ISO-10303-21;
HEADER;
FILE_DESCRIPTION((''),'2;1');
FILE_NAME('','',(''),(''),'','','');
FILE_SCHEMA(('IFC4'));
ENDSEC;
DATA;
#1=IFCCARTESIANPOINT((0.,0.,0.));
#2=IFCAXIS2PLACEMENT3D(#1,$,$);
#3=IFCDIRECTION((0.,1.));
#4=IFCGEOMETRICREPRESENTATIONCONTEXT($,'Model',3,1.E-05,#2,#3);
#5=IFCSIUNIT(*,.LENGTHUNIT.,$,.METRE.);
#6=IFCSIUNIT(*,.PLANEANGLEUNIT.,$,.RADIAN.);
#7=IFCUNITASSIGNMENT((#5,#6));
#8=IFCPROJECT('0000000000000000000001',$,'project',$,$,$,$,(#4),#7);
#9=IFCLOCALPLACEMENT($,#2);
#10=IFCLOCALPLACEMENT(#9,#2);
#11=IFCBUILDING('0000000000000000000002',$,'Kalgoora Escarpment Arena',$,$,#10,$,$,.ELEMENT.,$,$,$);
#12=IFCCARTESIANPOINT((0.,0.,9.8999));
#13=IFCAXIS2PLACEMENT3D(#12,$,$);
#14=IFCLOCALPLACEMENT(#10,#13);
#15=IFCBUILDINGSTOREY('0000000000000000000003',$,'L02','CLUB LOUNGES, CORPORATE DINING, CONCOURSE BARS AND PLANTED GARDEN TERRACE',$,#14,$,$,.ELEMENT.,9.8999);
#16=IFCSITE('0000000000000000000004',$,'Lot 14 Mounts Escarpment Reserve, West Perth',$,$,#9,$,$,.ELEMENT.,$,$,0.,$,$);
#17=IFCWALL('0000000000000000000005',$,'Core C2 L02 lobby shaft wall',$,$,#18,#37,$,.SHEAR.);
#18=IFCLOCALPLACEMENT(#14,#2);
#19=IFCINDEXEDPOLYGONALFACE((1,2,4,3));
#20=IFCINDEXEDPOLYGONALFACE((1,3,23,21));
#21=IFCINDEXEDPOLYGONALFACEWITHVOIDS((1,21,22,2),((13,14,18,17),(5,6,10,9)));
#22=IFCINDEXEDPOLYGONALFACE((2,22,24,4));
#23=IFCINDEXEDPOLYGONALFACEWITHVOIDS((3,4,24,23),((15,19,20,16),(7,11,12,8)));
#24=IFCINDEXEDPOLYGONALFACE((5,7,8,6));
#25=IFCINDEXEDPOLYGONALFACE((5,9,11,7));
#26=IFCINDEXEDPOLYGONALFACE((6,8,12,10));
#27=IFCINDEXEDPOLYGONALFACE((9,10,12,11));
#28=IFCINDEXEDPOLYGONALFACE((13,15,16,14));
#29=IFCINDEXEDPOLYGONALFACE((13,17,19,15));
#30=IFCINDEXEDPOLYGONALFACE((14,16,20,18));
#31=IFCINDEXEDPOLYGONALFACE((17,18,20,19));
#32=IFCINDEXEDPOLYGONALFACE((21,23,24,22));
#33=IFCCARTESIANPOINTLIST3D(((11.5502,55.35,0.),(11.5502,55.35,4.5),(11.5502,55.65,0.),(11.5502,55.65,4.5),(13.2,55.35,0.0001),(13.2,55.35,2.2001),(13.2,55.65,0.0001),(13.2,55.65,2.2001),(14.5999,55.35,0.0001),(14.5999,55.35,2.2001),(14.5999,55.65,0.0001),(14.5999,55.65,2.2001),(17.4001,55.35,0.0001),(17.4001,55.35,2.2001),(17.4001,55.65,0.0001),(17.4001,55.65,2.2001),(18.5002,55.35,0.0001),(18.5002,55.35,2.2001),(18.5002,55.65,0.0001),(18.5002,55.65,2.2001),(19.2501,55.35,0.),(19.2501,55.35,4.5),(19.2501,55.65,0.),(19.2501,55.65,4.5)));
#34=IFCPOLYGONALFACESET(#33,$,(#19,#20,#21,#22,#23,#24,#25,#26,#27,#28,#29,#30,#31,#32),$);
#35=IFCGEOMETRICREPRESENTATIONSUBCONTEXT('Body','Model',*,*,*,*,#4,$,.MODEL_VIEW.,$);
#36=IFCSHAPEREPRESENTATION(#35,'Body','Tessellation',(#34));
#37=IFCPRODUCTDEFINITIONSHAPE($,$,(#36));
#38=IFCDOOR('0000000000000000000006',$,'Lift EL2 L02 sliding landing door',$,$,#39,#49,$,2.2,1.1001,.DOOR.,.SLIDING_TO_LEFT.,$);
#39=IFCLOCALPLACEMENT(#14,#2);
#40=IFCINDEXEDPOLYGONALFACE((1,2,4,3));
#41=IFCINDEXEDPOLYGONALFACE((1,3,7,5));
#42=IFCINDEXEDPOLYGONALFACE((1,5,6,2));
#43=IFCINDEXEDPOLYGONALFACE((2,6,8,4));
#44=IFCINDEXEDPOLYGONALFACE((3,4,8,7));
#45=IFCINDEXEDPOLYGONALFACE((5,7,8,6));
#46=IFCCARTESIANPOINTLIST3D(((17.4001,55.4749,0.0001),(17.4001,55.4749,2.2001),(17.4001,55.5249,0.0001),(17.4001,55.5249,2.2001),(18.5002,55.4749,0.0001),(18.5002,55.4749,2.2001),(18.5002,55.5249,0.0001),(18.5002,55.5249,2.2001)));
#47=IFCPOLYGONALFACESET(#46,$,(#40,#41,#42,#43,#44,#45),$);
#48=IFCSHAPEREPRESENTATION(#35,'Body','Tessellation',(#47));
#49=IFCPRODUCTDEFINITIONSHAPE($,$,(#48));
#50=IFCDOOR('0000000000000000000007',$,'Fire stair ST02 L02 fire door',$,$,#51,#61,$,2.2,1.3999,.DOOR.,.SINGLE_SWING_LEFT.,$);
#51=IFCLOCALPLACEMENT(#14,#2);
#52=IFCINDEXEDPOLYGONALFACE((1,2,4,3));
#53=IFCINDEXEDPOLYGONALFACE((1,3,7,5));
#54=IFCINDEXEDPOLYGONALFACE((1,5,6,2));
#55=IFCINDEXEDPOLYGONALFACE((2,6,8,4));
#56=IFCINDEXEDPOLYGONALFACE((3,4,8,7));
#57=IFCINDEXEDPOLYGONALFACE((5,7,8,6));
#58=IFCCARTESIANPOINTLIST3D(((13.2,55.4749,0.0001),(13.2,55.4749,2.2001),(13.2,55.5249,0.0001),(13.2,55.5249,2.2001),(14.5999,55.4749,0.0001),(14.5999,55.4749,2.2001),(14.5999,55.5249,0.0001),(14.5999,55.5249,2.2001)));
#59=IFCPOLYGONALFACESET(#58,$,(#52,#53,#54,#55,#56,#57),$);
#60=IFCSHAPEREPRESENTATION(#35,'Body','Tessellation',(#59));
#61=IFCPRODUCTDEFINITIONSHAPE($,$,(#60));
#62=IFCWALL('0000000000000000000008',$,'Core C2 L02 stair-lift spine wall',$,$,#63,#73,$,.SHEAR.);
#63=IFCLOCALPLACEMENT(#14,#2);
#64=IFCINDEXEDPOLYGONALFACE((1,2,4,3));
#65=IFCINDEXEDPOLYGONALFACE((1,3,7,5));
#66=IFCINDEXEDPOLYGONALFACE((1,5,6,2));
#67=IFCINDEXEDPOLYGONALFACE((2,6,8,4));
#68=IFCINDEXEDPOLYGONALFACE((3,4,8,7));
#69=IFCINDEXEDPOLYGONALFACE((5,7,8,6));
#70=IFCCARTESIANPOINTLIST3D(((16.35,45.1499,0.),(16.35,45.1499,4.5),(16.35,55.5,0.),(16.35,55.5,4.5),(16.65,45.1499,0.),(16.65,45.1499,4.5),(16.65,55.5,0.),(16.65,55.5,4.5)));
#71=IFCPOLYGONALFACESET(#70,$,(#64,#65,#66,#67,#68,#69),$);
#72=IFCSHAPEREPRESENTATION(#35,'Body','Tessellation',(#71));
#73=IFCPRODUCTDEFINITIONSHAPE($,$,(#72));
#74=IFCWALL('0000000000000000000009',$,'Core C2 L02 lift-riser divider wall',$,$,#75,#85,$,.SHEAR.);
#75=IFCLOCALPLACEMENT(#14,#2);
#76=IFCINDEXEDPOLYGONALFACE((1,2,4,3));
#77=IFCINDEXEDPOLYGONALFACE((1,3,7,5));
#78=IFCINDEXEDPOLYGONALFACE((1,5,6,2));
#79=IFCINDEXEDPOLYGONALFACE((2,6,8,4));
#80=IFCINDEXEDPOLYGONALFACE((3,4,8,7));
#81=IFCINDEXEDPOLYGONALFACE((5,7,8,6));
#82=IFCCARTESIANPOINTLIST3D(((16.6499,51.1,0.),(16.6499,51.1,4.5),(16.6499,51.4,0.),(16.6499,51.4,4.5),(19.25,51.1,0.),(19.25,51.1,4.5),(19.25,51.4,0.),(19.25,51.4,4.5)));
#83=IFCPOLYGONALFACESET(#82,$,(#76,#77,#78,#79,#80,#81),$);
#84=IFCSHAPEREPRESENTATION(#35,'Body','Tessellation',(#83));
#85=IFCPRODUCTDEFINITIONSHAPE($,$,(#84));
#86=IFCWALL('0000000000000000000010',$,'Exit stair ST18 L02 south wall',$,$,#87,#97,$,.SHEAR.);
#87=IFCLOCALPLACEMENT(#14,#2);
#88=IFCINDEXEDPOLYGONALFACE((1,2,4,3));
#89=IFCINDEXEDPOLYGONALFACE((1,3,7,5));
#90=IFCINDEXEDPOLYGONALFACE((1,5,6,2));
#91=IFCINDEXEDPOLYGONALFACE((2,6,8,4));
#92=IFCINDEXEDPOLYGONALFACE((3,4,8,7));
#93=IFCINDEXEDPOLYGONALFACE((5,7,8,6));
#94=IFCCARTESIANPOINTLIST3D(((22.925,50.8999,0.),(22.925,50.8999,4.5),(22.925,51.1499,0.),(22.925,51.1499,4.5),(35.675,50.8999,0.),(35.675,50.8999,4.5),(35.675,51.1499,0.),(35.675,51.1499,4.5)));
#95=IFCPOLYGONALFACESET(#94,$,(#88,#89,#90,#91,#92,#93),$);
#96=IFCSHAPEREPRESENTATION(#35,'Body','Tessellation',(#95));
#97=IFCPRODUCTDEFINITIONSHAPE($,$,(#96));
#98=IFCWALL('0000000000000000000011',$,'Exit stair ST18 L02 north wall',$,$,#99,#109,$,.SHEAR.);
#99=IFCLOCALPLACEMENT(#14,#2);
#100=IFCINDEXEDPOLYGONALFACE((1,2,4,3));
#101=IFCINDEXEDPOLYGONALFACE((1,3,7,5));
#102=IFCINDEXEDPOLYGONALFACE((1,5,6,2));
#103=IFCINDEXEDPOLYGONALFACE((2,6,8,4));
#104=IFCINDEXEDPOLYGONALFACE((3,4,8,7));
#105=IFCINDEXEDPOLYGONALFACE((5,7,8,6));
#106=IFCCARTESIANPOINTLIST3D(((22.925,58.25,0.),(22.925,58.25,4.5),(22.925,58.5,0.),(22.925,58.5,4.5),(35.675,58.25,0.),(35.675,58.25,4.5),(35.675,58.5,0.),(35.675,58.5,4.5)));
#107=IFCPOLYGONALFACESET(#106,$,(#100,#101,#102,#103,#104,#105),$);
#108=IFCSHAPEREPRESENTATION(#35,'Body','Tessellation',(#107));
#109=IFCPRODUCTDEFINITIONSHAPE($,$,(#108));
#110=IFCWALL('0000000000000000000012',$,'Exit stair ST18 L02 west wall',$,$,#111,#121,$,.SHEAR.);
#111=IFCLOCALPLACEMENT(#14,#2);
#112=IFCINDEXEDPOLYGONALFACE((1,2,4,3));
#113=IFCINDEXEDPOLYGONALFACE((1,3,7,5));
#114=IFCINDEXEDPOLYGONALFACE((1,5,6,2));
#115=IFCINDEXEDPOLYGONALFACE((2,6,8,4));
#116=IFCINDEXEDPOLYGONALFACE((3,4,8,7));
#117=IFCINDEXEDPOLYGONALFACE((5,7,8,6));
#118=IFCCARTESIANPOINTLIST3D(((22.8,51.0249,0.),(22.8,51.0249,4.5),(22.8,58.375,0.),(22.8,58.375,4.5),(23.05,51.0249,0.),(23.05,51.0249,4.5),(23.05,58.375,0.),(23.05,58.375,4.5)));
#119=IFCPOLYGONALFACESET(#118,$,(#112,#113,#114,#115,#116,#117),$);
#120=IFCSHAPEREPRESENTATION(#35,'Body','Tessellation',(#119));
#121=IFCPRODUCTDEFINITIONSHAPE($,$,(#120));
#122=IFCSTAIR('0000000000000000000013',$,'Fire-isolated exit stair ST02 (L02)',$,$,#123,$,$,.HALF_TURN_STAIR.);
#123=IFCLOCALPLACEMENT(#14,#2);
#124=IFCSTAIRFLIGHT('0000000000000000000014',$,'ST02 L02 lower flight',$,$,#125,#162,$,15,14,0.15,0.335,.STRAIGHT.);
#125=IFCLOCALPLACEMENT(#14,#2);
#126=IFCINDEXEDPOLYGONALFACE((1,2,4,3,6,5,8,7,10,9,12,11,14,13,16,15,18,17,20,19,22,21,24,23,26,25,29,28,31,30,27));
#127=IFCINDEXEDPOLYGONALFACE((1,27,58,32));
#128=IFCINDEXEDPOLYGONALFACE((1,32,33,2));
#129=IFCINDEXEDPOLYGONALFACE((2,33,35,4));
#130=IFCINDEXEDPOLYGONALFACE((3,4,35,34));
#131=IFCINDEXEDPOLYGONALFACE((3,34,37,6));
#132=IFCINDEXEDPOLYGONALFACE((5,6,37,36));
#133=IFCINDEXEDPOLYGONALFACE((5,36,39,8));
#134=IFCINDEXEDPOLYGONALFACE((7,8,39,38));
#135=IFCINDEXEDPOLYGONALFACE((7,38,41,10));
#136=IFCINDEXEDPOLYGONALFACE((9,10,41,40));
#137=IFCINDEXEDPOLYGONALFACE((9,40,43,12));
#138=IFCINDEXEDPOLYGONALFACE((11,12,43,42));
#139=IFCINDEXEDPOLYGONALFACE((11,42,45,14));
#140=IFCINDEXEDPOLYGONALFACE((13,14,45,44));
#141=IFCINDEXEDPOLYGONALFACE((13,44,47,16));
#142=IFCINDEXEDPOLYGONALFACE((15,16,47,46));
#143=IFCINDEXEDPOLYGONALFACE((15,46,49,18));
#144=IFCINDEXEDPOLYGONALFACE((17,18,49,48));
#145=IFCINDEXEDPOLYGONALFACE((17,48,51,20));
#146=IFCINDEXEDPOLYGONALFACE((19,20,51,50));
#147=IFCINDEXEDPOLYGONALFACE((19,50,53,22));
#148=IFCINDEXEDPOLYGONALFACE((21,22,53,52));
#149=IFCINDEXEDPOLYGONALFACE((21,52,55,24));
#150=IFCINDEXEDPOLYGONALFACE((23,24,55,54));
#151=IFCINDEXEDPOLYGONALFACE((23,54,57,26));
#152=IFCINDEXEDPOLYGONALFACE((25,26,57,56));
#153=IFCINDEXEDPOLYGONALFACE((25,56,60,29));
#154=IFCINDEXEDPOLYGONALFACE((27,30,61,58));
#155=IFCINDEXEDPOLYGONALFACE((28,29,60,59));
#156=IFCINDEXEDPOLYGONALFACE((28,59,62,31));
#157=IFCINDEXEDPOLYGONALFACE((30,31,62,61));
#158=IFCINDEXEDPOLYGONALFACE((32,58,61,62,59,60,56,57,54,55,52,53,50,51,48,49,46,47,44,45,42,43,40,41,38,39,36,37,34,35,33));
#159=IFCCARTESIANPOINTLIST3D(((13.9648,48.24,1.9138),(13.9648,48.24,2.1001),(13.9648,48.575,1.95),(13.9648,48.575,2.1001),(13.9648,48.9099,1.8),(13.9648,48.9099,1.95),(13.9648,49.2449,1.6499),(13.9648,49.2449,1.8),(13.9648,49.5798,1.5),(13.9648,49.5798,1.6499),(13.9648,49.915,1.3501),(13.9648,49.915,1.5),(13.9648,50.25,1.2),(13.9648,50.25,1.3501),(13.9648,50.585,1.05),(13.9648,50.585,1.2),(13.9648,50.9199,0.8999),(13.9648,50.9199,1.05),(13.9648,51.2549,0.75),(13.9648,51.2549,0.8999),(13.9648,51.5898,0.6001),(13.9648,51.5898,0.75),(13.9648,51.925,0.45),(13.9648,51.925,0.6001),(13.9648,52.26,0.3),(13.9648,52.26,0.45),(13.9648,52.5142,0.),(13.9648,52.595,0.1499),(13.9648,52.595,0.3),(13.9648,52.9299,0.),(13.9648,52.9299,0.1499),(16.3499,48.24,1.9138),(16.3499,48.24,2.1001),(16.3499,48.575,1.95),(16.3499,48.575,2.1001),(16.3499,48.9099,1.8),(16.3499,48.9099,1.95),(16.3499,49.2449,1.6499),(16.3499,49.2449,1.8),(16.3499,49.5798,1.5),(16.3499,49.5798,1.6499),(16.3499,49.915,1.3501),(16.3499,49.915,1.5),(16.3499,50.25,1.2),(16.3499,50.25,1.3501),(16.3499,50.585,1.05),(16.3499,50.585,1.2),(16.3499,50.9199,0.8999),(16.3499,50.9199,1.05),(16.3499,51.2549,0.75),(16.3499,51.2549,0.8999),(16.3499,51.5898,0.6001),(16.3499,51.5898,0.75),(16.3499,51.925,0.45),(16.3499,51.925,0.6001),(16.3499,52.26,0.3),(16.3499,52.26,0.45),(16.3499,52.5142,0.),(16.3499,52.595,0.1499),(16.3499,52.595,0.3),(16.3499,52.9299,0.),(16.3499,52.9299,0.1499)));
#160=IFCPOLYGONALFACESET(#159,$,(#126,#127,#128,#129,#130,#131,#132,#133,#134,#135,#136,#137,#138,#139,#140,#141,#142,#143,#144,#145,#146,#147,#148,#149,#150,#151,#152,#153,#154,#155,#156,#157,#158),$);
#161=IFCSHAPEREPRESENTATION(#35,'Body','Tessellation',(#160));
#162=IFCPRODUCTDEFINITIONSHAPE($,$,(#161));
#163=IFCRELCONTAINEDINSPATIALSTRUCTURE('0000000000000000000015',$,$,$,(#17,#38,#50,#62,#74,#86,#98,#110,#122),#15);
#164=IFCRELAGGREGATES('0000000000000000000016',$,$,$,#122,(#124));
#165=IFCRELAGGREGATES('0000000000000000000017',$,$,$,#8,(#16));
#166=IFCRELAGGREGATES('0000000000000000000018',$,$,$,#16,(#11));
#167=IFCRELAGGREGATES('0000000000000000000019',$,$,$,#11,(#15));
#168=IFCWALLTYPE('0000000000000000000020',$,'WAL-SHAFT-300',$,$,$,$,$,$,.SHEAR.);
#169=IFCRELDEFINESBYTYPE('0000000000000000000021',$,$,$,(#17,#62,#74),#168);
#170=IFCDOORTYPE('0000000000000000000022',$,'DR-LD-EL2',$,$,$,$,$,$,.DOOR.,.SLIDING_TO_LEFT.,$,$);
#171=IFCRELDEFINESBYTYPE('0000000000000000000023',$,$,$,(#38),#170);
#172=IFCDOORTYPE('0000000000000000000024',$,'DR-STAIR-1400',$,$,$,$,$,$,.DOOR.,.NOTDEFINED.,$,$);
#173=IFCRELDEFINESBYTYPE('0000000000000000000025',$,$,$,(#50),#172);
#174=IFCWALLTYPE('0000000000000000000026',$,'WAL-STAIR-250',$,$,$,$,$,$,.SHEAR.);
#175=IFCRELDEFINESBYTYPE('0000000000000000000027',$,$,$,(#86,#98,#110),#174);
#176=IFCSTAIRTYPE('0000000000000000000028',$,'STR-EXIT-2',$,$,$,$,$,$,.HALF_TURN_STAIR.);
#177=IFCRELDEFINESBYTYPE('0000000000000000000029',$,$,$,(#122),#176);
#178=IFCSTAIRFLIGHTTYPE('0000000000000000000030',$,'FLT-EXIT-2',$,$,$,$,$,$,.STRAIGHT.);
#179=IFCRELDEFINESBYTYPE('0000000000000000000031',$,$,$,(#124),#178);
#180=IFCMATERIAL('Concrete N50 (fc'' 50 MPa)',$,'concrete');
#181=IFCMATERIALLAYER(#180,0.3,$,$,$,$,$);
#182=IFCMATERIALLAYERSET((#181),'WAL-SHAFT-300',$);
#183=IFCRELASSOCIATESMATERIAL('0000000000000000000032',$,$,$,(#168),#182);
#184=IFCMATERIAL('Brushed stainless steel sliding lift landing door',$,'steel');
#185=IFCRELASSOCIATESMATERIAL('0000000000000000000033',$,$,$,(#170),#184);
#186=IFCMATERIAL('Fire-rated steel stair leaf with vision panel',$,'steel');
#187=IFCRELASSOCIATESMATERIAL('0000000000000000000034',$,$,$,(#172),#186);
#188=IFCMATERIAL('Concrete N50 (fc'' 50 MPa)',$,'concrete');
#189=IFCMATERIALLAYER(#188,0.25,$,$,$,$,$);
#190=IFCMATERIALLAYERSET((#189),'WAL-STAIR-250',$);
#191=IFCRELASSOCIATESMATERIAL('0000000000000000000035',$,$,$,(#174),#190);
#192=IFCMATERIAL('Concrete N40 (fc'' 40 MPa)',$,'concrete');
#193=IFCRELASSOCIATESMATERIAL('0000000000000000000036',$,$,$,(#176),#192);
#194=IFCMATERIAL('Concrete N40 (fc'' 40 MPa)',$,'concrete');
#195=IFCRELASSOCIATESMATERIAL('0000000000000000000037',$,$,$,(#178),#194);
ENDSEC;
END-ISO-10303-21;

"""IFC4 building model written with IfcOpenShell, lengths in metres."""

from ifc_helpers import new_model, si_unit, direction, frame, frame_2d, origin, place, context, subcontext, project, spatial, polyline, rectangle, outline, extrude, material, layer, layer_set, type_object, element, fill, aggregate, save


model = new_model("IFC4")

# Units and contexts
model_context = context("Model", 3, precision=1e-05, world=origin(), true_north=direction((0.0, 1.0)))
body_context = subcontext(model_context, "Body", "Model", "MODEL_VIEW")
ifc_project = project(units=[si_unit("LENGTHUNIT", "METRE"), si_unit("PLANEANGLEUNIT", "RADIAN")], contexts=[model_context])

# Site, building, storey
site_placement = place(None, origin())
site = spatial("IfcSite", under=ifc_project, at=site_placement, Name="Lot 14 Mounts Escarpment Reserve, West Perth", CompositionType="ELEMENT", RefElevation=0.0)
building_placement = place(site_placement, origin())
building = spatial("IfcBuilding", under=site, at=building_placement, Name="Kalgoora Escarpment Arena", CompositionType="ELEMENT")
storey_placement = place(building_placement, frame((0.0, 0.0, 9.8999)))
storey = spatial("IfcBuildingStorey", under=building, at=storey_placement, Name="L02", Description="CLUB LOUNGES, CORPORATE DINING, CONCOURSE BARS AND PLANTED GARDEN TERRACE", CompositionType="ELEMENT", Elevation=9.8999)

# Wall, openings, doors
ifc_material_1 = material(Name="Concrete N50 (fc' 50 MPa)", Category="concrete")
ifc_layer_1 = layer(ifc_material_1, 0.3)
ifc_layer_set_1 = layer_set([ifc_layer_1], Name="WAL-SHAFT-300")
wall_type_1 = type_object("IfcWallType", Name="WAL-SHAFT-300", PredefinedType="SHEAR", material=ifc_layer_set_1)
wall_1_placement = place(storey_placement, frame((11.55, 55.5, 0.0), z_axis=(0.0, 0.0, 1.0), x_axis=(1.0, 0.0, 0.0)))
wall_1 = element("IfcWall", 1, at=wall_1_placement, inside=storey, type_object=wall_type_1, Name="Core C2 L02 lobby shaft wall", PredefinedType="SHEAR", context=body_context, shape_type="SweptSolid", body=[
    extrude(rectangle(XDim=7.7, YDim=0.3, at=frame_2d((3.8501, 0.0))), origin(), (0.0, 0.0, 1.0), 4.5),
])
opening_1_placement = place(wall_1_placement, frame((1.6499, 0.0, 0.0)))
opening_1 = element("IfcOpeningElement", 2, at=opening_1_placement, cuts=wall_1, PredefinedType="OPENING", context=body_context, shape_type="SweptSolid", body=[
    extrude(rectangle(XDim=1.3999, YDim=2.2, at=frame_2d((0.7, 1.1001))), frame((0.0, 0.1599, 0.0), z_axis=(0.0, -1.0, 0.0), x_axis=(1.0, 0.0, 0.0)), (0.0, 0.0, 1.0), 0.3201),
])
opening_2_placement = place(wall_1_placement, frame((5.8501, 0.0, 0.0)))
opening_2 = element("IfcOpeningElement", 3, at=opening_2_placement, cuts=wall_1, PredefinedType="OPENING", context=body_context, shape_type="SweptSolid", body=[
    extrude(rectangle(XDim=1.1001, YDim=2.2, at=frame_2d((0.55, 1.1001))), frame((0.0, 0.1599, 0.0), z_axis=(0.0, -1.0, 0.0), x_axis=(1.0, 0.0, 0.0)), (0.0, 0.0, 1.0), 0.3201),
])
ifc_material_2 = material(Name="Brushed stainless steel sliding lift landing door", Category="steel")
door_type_1 = type_object("IfcDoorType", Name="DR-LD-EL2", OperationType="SLIDING_TO_LEFT", PredefinedType="DOOR", material=ifc_material_2)
door_1_placement = place(opening_2_placement, origin())
door_1 = element("IfcDoor", 4, at=door_1_placement, inside=storey, type_object=door_type_1, Name="Lift EL2 L02 sliding landing door", OperationType="SLIDING_TO_LEFT", OverallHeight=2.2, OverallWidth=1.1001, PredefinedType="DOOR", context=body_context, shape_type="SweptSolid", body=[
    extrude(rectangle(XDim=1.1001, YDim=2.2, at=frame_2d((0.55, 1.1001))), frame((0.0, 0.0249, 0.0), z_axis=(0.0, -1.0, 0.0), x_axis=(1.0, 0.0, 0.0)), (0.0, 0.0, 1.0), 0.05),
])
fill(opening_2, door_1)
ifc_material_3 = material(Name="Fire-rated steel stair leaf with vision panel", Category="steel")
door_type_2 = type_object("IfcDoorType", Name="DR-STAIR-1400", OperationType="NOTDEFINED", PredefinedType="DOOR", material=ifc_material_3)
door_2_placement = place(opening_1_placement, origin())
door_2 = element("IfcDoor", 5, at=door_2_placement, inside=storey, type_object=door_type_2, Name="Fire stair ST02 L02 fire door", OperationType="SINGLE_SWING_LEFT", OverallHeight=2.2, OverallWidth=1.3999, PredefinedType="DOOR", context=body_context, shape_type="SweptSolid", body=[
    extrude(rectangle(XDim=1.3999, YDim=2.2, at=frame_2d((0.7, 1.1001))), frame((0.0, 0.0249, 0.0), z_axis=(0.0, -1.0, 0.0), x_axis=(1.0, 0.0, 0.0)), (0.0, 0.0, 1.0), 0.05),
])
fill(opening_1, door_2)

# Walls
wall_2_placement = place(storey_placement, frame((16.5, 45.1499, 0.0), z_axis=(0.0, 0.0, 1.0), x_axis=(0.0, 1.0, 0.0)))
element("IfcWall", 6, at=wall_2_placement, inside=storey, type_object=wall_type_1, Name="Core C2 L02 stair-lift spine wall", PredefinedType="SHEAR", context=body_context, shape_type="SweptSolid", body=[
    extrude(rectangle(XDim=10.3501, YDim=0.3, at=frame_2d((5.175, 0.0))), origin(), (0.0, 0.0, 1.0), 4.5),
])
wall_3_placement = place(storey_placement, frame((16.6499, 51.25, 0.0), z_axis=(0.0, 0.0, 1.0), x_axis=(1.0, 0.0, 0.0)))
element("IfcWall", 7, at=wall_3_placement, inside=storey, type_object=wall_type_1, Name="Core C2 L02 lift-riser divider wall", PredefinedType="SHEAR", context=body_context, shape_type="SweptSolid", body=[
    extrude(rectangle(XDim=2.6001, YDim=0.3, at=frame_2d((1.3, 0.0))), origin(), (0.0, 0.0, 1.0), 4.5),
])
ifc_material_4 = material(Name="Concrete N50 (fc' 50 MPa)", Category="concrete")
ifc_layer_2 = layer(ifc_material_4, 0.25)
ifc_layer_set_2 = layer_set([ifc_layer_2], Name="WAL-STAIR-250")
wall_type_2 = type_object("IfcWallType", Name="WAL-STAIR-250", PredefinedType="SHEAR", material=ifc_layer_set_2)
for number, where, z_axis, x_axis, name in (
    (8, (22.925, 51.0249, 0.0), (0.0, 0.0, 1.0), (1.0, 0.0, 0.0), "Exit stair ST18 L02 south wall"),
    (9, (22.925, 58.375, 0.0), (0.0, 0.0, 1.0), (1.0, 0.0, 0.0), "Exit stair ST18 L02 north wall"),
):
    element("IfcWall", number, at=place(storey_placement, frame(where, z_axis=z_axis, x_axis=x_axis)), inside=storey, type_object=wall_type_2, Name=name, PredefinedType="SHEAR", context=body_context, shape_type="SweptSolid", body=[
        extrude(rectangle(XDim=12.75, YDim=0.25, at=frame_2d((6.375, 0.0))), origin(), (0.0, 0.0, 1.0), 4.5),
    ])
wall_4_placement = place(storey_placement, frame((22.925, 51.0249, 0.0), z_axis=(0.0, 0.0, 1.0), x_axis=(0.0, 1.0, 0.0)))
element("IfcWall", 10, at=wall_4_placement, inside=storey, type_object=wall_type_2, Name="Exit stair ST18 L02 west wall", PredefinedType="SHEAR", context=body_context, shape_type="SweptSolid", body=[
    extrude(rectangle(XDim=7.3501, YDim=0.25, at=frame_2d((3.675, 0.0))), origin(), (0.0, 0.0, 1.0), 4.5),
])

# Stair, stair flight
ifc_material_5 = material(Name="Concrete N40 (fc' 40 MPa)", Category="concrete")
stair_type = type_object("IfcStairType", Name="STR-EXIT-2", PredefinedType="HALF_TURN_STAIR", material=ifc_material_5)
stair_placement = place(storey_placement, origin())
stair = element("IfcStair", 11, at=stair_placement, inside=storey, type_object=stair_type, Name="Fire-isolated exit stair ST02 (L02)", PredefinedType="HALF_TURN_STAIR")
ifc_material_6 = material(Name="Concrete N40 (fc' 40 MPa)", Category="concrete")
stair_flight_type = type_object("IfcStairFlightType", Name="FLT-EXIT-2", PredefinedType="STRAIGHT", material=ifc_material_6)
stair_flight_1_placement = place(storey_placement, frame((15.1575, 52.9299, 0.0), z_axis=(0.0, 0.0, 1.0), x_axis=(0.0, -1.0, 0.0)))
stair_flight_1 = element("IfcStairFlight", 12, at=stair_flight_1_placement, type_object=stair_flight_type, Name="ST02 L02 lower flight", NumberOfRisers=15, NumberOfTreads=14, PredefinedType="STRAIGHT", RiserHeight=0.15, TreadLength=0.335, context=body_context, shape_type="SweptSolid", body=[
    extrude(outline(polyline([(0.0, 0.0), (0.0, 0.1499), (0.335, 0.1499), (0.335, 0.3), (0.6699, 0.3), (0.6699, 0.45), (1.0049, 0.45), (1.0049, 0.6001), (1.3401, 0.6001), (1.3401, 0.75), (1.675, 0.75), (1.675, 0.8999), (2.01, 0.8999), (2.01, 1.05), (2.345, 1.05), (2.345, 1.2), (2.6799, 1.2), (2.6799, 1.3501), (3.0149, 1.3501), (3.0149, 1.5), (3.3501, 1.5), (3.3501, 1.6499), (3.6851, 1.6499), (3.6851, 1.8), (4.02, 1.8), (4.02, 1.95), (4.355, 1.95), (4.355, 2.1001), (4.6899, 2.1001), (4.6899, 2.25), (4.6899, 1.9138), (0.4158, 0.0), (0.0, 0.0)])), frame((0.0, 1.1924, 0.0), z_axis=(0.0, -1.0, 0.0), x_axis=(1.0, 0.0, 0.0)), (0.0, 0.0, 1.0), 2.385),
])
aggregate(stair, [stair_flight_1])

save(model, "model.ifc")
